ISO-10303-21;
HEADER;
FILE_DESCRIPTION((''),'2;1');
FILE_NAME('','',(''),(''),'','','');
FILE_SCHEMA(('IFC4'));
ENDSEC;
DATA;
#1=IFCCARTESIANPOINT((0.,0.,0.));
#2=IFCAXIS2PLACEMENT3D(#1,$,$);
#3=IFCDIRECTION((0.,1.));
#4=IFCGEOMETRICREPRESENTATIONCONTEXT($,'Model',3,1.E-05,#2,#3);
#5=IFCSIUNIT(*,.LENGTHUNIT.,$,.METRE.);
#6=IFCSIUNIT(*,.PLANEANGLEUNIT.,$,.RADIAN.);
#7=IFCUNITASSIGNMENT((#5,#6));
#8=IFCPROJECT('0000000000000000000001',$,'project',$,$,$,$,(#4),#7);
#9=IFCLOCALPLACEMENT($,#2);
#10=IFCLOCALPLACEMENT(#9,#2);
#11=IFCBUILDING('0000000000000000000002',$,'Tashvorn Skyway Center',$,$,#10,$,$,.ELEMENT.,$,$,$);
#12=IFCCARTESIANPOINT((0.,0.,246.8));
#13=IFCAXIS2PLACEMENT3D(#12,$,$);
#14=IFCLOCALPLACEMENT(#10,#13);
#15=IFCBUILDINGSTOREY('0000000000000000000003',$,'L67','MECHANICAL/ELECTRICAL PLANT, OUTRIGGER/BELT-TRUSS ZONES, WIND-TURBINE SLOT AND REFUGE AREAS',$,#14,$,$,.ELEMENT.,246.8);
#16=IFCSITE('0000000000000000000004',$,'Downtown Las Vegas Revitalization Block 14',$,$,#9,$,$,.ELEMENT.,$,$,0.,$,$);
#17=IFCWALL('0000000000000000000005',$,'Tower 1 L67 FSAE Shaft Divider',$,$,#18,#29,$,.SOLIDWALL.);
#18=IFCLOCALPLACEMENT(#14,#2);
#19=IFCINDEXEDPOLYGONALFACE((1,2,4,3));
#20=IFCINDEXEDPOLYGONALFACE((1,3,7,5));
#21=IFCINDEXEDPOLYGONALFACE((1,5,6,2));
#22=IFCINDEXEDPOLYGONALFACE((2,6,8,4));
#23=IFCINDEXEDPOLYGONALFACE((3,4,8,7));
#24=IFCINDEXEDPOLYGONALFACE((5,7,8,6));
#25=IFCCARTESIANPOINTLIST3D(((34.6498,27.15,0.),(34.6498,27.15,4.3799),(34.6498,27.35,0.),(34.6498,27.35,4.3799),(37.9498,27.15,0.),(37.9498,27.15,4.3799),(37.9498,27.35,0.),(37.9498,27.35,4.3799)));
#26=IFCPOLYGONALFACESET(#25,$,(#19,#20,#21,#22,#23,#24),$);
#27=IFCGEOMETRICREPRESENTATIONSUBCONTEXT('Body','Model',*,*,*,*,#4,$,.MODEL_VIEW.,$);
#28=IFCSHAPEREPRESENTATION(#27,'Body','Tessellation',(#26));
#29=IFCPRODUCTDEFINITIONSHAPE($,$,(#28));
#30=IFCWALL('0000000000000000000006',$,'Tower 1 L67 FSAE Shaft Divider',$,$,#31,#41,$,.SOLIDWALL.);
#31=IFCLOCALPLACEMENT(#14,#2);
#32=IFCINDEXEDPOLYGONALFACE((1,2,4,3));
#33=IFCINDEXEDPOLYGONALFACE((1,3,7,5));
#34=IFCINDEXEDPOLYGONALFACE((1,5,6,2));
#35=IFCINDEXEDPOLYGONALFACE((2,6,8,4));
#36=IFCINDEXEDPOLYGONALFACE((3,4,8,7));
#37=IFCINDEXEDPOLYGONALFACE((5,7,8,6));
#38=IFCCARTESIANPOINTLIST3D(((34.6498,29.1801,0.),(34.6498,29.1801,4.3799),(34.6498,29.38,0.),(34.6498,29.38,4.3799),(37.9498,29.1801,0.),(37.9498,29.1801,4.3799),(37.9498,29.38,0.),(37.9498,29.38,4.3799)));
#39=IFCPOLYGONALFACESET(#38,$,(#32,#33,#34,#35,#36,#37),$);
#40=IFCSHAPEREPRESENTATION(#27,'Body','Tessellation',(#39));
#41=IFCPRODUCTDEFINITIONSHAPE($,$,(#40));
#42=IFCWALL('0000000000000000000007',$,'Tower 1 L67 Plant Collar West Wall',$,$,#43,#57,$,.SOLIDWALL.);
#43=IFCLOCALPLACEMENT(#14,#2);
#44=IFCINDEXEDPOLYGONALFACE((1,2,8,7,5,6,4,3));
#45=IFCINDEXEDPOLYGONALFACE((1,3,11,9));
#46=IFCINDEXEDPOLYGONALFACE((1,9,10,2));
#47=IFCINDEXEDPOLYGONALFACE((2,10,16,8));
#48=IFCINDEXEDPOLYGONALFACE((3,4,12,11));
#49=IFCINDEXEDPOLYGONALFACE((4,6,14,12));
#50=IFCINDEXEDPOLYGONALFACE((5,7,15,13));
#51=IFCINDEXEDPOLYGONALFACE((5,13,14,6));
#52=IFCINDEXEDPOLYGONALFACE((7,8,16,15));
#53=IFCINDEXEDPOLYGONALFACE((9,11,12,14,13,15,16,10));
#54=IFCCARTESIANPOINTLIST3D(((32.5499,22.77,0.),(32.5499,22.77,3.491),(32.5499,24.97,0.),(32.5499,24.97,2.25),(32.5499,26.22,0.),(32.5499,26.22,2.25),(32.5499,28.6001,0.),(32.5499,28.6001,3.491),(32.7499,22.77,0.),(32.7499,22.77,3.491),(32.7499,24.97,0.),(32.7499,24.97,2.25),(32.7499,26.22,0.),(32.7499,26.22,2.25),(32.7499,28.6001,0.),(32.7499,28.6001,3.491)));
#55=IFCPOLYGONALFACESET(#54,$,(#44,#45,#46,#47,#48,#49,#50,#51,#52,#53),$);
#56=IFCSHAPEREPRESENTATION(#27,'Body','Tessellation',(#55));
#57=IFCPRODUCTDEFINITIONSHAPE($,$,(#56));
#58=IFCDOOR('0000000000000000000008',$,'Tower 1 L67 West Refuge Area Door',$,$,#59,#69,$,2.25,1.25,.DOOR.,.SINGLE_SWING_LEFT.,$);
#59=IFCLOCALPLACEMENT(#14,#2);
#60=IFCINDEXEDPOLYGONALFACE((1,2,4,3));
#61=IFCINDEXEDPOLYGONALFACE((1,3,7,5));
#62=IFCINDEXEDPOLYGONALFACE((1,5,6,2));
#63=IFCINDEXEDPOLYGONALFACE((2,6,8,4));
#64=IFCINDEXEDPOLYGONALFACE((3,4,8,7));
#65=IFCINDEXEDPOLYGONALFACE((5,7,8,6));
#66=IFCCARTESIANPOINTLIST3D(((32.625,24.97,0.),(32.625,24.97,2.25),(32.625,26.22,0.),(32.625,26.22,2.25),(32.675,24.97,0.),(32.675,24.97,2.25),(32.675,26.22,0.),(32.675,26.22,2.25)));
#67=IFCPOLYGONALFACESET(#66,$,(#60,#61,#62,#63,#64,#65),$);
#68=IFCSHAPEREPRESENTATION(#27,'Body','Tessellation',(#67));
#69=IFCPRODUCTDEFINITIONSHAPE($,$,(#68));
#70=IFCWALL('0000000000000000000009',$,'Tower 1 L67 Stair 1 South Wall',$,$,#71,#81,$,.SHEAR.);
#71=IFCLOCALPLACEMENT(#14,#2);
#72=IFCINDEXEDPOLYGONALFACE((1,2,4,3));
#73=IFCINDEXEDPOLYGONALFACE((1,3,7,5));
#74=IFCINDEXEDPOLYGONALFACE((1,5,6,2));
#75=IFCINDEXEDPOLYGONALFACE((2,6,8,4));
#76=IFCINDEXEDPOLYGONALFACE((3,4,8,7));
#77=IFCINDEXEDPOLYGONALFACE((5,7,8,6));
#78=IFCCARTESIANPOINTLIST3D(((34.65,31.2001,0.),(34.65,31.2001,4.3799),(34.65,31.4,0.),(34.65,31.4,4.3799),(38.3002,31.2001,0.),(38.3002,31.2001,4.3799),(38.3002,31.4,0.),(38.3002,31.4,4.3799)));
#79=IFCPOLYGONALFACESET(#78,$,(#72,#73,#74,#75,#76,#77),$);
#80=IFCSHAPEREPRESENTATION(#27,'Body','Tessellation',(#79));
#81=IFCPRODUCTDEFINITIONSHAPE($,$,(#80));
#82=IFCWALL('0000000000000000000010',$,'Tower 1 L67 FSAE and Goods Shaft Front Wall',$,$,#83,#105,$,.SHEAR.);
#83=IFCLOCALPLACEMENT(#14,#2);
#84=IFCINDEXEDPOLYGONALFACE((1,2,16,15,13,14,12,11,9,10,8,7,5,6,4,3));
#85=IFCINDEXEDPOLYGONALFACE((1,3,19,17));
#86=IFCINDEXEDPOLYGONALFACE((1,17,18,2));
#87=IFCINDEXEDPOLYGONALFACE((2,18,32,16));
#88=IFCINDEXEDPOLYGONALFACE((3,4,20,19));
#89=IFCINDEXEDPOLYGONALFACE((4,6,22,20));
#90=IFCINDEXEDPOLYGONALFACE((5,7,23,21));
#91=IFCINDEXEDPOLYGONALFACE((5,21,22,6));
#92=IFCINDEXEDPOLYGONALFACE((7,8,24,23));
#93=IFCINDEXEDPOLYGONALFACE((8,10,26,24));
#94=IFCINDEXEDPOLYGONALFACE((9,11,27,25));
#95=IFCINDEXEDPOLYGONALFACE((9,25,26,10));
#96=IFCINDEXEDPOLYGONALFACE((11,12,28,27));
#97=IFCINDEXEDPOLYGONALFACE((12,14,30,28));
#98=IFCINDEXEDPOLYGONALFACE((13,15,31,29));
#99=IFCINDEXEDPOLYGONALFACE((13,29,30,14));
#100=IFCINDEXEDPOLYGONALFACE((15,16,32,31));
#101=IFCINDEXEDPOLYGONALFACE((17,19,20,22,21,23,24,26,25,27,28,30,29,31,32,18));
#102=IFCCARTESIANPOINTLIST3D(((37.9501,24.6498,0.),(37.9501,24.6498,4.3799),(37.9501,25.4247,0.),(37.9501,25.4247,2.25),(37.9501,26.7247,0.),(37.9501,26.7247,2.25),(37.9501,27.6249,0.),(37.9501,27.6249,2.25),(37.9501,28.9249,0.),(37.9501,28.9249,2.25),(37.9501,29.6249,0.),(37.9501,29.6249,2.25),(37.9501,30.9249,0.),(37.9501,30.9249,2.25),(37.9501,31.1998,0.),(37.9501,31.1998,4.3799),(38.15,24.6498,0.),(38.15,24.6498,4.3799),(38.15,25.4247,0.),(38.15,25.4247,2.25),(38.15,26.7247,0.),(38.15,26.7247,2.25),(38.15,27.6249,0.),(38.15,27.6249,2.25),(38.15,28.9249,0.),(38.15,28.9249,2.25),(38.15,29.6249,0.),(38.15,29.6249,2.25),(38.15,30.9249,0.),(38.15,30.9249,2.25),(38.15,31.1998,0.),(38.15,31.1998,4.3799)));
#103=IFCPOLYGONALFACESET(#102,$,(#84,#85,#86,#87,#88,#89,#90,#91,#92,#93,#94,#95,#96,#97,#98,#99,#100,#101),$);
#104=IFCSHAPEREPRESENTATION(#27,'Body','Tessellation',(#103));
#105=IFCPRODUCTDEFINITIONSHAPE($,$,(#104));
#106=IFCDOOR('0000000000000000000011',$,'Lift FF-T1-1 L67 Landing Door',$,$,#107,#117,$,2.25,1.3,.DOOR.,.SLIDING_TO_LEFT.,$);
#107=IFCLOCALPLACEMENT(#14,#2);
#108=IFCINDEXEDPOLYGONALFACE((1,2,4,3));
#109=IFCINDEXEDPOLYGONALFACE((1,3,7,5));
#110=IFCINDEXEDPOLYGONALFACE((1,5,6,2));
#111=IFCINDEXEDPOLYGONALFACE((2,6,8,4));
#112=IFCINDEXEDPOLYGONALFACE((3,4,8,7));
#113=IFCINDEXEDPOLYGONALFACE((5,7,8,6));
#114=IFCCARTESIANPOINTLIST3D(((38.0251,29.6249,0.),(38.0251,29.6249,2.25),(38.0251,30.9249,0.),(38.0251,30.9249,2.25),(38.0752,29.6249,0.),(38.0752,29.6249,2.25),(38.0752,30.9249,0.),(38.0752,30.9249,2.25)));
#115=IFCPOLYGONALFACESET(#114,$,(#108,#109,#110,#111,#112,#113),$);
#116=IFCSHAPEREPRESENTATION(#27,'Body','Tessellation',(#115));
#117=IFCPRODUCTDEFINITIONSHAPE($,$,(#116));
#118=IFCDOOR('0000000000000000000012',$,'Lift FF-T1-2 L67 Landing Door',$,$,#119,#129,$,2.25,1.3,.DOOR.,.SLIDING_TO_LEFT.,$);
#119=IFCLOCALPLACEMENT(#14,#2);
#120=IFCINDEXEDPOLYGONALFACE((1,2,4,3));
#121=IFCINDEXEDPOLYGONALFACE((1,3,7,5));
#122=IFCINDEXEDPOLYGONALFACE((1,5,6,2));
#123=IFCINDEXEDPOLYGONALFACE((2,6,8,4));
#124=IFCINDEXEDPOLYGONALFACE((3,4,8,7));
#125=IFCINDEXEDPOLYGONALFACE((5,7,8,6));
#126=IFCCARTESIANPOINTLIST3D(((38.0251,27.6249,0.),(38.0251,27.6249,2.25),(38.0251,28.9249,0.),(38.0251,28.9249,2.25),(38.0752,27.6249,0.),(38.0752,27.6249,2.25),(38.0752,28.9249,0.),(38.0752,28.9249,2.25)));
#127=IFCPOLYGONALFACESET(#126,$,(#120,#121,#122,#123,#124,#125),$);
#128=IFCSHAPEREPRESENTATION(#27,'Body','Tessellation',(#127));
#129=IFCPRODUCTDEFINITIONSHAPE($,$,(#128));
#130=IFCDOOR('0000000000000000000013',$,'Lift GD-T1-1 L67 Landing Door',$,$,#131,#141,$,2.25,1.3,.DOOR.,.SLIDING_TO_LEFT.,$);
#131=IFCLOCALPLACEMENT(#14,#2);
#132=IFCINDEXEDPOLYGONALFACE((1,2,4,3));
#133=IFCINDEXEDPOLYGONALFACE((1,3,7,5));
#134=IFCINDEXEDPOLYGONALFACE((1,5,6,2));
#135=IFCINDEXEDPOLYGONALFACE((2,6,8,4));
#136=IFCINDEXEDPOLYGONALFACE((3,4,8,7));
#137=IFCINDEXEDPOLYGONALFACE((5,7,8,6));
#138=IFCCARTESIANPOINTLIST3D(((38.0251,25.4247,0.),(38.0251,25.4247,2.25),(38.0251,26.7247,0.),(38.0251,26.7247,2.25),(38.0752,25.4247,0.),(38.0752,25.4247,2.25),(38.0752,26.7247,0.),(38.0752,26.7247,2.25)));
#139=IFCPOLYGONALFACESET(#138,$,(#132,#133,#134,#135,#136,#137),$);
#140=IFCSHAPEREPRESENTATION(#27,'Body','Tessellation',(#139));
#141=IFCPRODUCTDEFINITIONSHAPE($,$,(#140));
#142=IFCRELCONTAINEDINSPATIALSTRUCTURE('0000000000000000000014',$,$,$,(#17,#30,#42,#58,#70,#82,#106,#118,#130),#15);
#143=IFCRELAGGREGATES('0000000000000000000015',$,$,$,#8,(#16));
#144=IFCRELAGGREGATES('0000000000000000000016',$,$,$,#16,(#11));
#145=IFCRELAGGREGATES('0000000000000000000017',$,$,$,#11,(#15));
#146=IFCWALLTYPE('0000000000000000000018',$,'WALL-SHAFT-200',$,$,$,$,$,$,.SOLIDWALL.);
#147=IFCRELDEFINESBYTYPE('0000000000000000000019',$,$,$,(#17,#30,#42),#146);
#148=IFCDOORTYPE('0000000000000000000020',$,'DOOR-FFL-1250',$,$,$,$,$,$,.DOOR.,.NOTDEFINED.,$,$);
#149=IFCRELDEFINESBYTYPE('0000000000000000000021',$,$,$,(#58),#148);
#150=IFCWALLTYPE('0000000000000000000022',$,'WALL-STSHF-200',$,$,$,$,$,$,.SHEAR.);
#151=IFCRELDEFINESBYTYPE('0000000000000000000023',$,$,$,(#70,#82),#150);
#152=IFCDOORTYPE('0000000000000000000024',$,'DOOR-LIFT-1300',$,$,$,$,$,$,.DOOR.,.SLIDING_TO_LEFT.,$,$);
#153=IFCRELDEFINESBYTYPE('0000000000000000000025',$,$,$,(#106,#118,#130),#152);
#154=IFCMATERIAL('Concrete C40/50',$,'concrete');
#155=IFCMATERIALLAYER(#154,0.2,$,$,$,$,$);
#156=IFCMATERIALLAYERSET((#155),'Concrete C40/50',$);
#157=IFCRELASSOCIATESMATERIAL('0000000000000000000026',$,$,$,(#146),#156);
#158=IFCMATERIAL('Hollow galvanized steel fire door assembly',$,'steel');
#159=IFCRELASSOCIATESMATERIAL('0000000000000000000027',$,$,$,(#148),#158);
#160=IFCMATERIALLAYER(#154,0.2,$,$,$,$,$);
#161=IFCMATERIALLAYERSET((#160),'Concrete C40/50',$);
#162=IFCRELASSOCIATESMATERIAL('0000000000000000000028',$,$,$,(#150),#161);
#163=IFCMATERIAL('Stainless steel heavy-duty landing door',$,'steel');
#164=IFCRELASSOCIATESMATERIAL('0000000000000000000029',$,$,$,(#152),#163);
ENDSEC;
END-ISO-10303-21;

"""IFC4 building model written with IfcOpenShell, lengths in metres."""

from ifc_helpers import new_model, si_unit, direction, frame, frame_2d, origin, place, context, subcontext, project, spatial, rectangle, extrude, material, layer, layer_set, type_object, element, fill, save


model = new_model("IFC4")

# Units and contexts
model_context = context("Model", 3, precision=1e-05, world=origin(), true_north=direction((0.0, 1.0)))
body_context = subcontext(model_context, "Body", "Model", "MODEL_VIEW")
ifc_project = project(units=[si_unit("LENGTHUNIT", "METRE"), si_unit("PLANEANGLEUNIT", "RADIAN")], contexts=[model_context])

# Site, building, storey
site_placement = place(None, origin())
site = spatial("IfcSite", under=ifc_project, at=site_placement, Name="Downtown Las Vegas Revitalization Block 14", CompositionType="ELEMENT", RefElevation=0.0)
building_placement = place(site_placement, origin())
building = spatial("IfcBuilding", under=site, at=building_placement, Name="Tashvorn Skyway Center", CompositionType="ELEMENT")
storey_placement = place(building_placement, frame((0.0, 0.0, 246.8)))
storey = spatial("IfcBuildingStorey", under=building, at=storey_placement, Name="L67", Description="MECHANICAL/ELECTRICAL PLANT, OUTRIGGER/BELT-TRUSS ZONES, WIND-TURBINE SLOT AND REFUGE AREAS", CompositionType="ELEMENT", Elevation=246.8)

# Walls
ifc_material_1 = material(Name="Concrete C40/50", Category="concrete")
ifc_layer_1 = layer(ifc_material_1, 0.2)
ifc_layer_set_1 = layer_set([ifc_layer_1], Name="Concrete C40/50")
wall_type_1 = type_object("IfcWallType", Name="WALL-SHAFT-200", PredefinedType="SOLIDWALL", material=ifc_layer_set_1)
for number, where, z_axis, x_axis, name in (
    (1, (34.6499, 27.25, 0.0), (0.0, 0.0, 1.0), (1.0, 0.0, 0.0), "Tower 1 L67 FSAE Shaft Divider"),
    (2, (34.6499, 29.28, 0.0), (0.0, 0.0, 1.0), (1.0, 0.0, 0.0), "Tower 1 L67 FSAE Shaft Divider"),
):
    element("IfcWall", number, at=place(storey_placement, frame(where, z_axis=z_axis, x_axis=x_axis)), inside=storey, type_object=wall_type_1, Name=name, PredefinedType="SOLIDWALL", context=body_context, shape_type="SweptSolid", body=[
        extrude(rectangle(XDim=3.3, YDim=0.2, at=frame_2d((1.6499, 0.0))), origin(), (0.0, 0.0, 1.0), 4.3799),
    ])

# Wall, opening, door
wall_1_placement = place(storey_placement, frame((32.6499, 22.77, 0.0), z_axis=(0.0, 0.0, 1.0), x_axis=(0.0, 1.0, 0.0)))
wall_1 = element("IfcWall", 3, at=wall_1_placement, inside=storey, type_object=wall_type_1, Name="Tower 1 L67 Plant Collar West Wall", PredefinedType="SOLIDWALL", context=body_context, shape_type="SweptSolid", body=[
    extrude(rectangle(XDim=5.8301, YDim=0.2, at=frame_2d((2.915, 0.0))), origin(), (0.0, 0.0, 1.0), 3.491),
])
opening_1_placement = place(wall_1_placement, frame((2.2, 0.0, 0.0)))
opening_1 = element("IfcOpeningElement", 4, at=opening_1_placement, cuts=wall_1, PredefinedType="OPENING", context=body_context, shape_type="SweptSolid", body=[
    extrude(rectangle(XDim=1.25, YDim=2.25, at=frame_2d((0.625, 1.125))), frame((0.0, 0.1099, 0.0), z_axis=(0.0, -1.0, 0.0), x_axis=(1.0, 0.0, 0.0)), (0.0, 0.0, 1.0), 0.22),
])
ifc_material_2 = material(Name="Hollow galvanized steel fire door assembly", Category="steel")
door_type_1 = type_object("IfcDoorType", Name="DOOR-FFL-1250", OperationType="NOTDEFINED", PredefinedType="DOOR", material=ifc_material_2)
door_1_placement = place(opening_1_placement, origin())
door_1 = element("IfcDoor", 5, at=door_1_placement, inside=storey, type_object=door_type_1, Name="Tower 1 L67 West Refuge Area Door", OperationType="SINGLE_SWING_LEFT", OverallHeight=2.25, OverallWidth=1.25, PredefinedType="DOOR", context=body_context, shape_type="SweptSolid", body=[
    extrude(rectangle(XDim=1.25, YDim=2.25, at=frame_2d((0.625, 1.125))), frame((0.0, 0.0249, 0.0), z_axis=(0.0, -1.0, 0.0), x_axis=(1.0, 0.0, 0.0)), (0.0, 0.0, 1.0), 0.05),
])
fill(opening_1, door_1)

# Wall
ifc_layer_2 = layer(ifc_material_1, 0.2)
ifc_layer_set_2 = layer_set([ifc_layer_2], Name="Concrete C40/50")
wall_type_2 = type_object("IfcWallType", Name="WALL-STSHF-200", PredefinedType="SHEAR", material=ifc_layer_set_2)
wall_2_placement = place(storey_placement, frame((34.6499, 31.3, 0.0), z_axis=(0.0, 0.0, 1.0), x_axis=(1.0, 0.0, 0.0)))
element("IfcWall", 6, at=wall_2_placement, inside=storey, type_object=wall_type_2, Name="Tower 1 L67 Stair 1 South Wall", PredefinedType="SHEAR", context=body_context, shape_type="SweptSolid", body=[
    extrude(rectangle(XDim=3.6501, YDim=0.2, at=frame_2d((1.8252, 0.0))), origin(), (0.0, 0.0, 1.0), 4.3799),
])

# Wall, openings, doors
wall_3_placement = place(storey_placement, frame((38.05, 24.6499, 0.0), z_axis=(0.0, 0.0, 1.0), x_axis=(0.0, 1.0, 0.0)))
wall_3 = element("IfcWall", 7, at=wall_3_placement, inside=storey, type_object=wall_type_2, Name="Tower 1 L67 FSAE and Goods Shaft Front Wall", PredefinedType="SHEAR", context=body_context, shape_type="SweptSolid", body=[
    extrude(rectangle(XDim=6.55, YDim=0.2, at=frame_2d((3.2749, 0.0))), origin(), (0.0, 0.0, 1.0), 4.3799),
])
opening_2_placement = place(wall_3_placement, frame((4.9751, 0.0, 0.0)))
opening_2 = element("IfcOpeningElement", 8, at=opening_2_placement, cuts=wall_3, PredefinedType="OPENING", context=body_context, shape_type="SweptSolid", body=[
    extrude(rectangle(XDim=1.3, YDim=2.25, at=frame_2d((0.6499, 1.125))), frame((0.0, 0.1099, 0.0), z_axis=(0.0, -1.0, 0.0), x_axis=(1.0, 0.0, 0.0)), (0.0, 0.0, 1.0), 0.22),
])
opening_3_placement = place(wall_3_placement, frame((2.9751, 0.0, 0.0)))
opening_3 = element("IfcOpeningElement", 9, at=opening_3_placement, cuts=wall_3, PredefinedType="OPENING", context=body_context, shape_type="SweptSolid", body=[
    extrude(rectangle(XDim=1.3, YDim=2.25, at=frame_2d((0.6499, 1.125))), frame((0.0, 0.1099, 0.0), z_axis=(0.0, -1.0, 0.0), x_axis=(1.0, 0.0, 0.0)), (0.0, 0.0, 1.0), 0.22),
])
opening_4_placement = place(wall_3_placement, frame((0.7749, 0.0, 0.0)))
opening_4 = element("IfcOpeningElement", 10, at=opening_4_placement, cuts=wall_3, PredefinedType="OPENING", context=body_context, shape_type="SweptSolid", body=[
    extrude(rectangle(XDim=1.3, YDim=2.25, at=frame_2d((0.6499, 1.125))), frame((0.0, 0.1099, 0.0), z_axis=(0.0, -1.0, 0.0), x_axis=(1.0, 0.0, 0.0)), (0.0, 0.0, 1.0), 0.22),
])
ifc_material_3 = material(Name="Stainless steel heavy-duty landing door", Category="steel")
door_type_2 = type_object("IfcDoorType", Name="DOOR-LIFT-1300", OperationType="SLIDING_TO_LEFT", PredefinedType="DOOR", material=ifc_material_3)
door_2_placement = place(opening_2_placement, origin())
door_2 = element("IfcDoor", 11, at=door_2_placement, inside=storey, type_object=door_type_2, Name="Lift FF-T1-1 L67 Landing Door", OperationType="SLIDING_TO_LEFT", OverallHeight=2.25, OverallWidth=1.3, PredefinedType="DOOR", context=body_context, shape_type="SweptSolid", body=[
    extrude(rectangle(XDim=1.3, YDim=2.25, at=frame_2d((0.6499, 1.125))), frame((0.0, 0.0249, 0.0), z_axis=(0.0, -1.0, 0.0), x_axis=(1.0, 0.0, 0.0)), (0.0, 0.0, 1.0), 0.05),
])
fill(opening_2, door_2)
door_3_placement = place(opening_3_placement, origin())
door_3 = element("IfcDoor", 12, at=door_3_placement, inside=storey, type_object=door_type_2, Name="Lift FF-T1-2 L67 Landing Door", OperationType="SLIDING_TO_LEFT", OverallHeight=2.25, OverallWidth=1.3, PredefinedType="DOOR", context=body_context, shape_type="SweptSolid", body=[
    extrude(rectangle(XDim=1.3, YDim=2.25, at=frame_2d((0.6499, 1.125))), frame((0.0, 0.0249, 0.0), z_axis=(0.0, -1.0, 0.0), x_axis=(1.0, 0.0, 0.0)), (0.0, 0.0, 1.0), 0.05),
])
fill(opening_3, door_3)
door_4_placement = place(opening_4_placement, origin())
door_4 = element("IfcDoor", 13, at=door_4_placement, inside=storey, type_object=door_type_2, Name="Lift GD-T1-1 L67 Landing Door", OperationType="SLIDING_TO_LEFT", OverallHeight=2.25, OverallWidth=1.3, PredefinedType="DOOR", context=body_context, shape_type="SweptSolid", body=[
    extrude(rectangle(XDim=1.3, YDim=2.25, at=frame_2d((0.6499, 1.125))), frame((0.0, 0.0249, 0.0), z_axis=(0.0, -1.0, 0.0), x_axis=(1.0, 0.0, 0.0)), (0.0, 0.0, 1.0), 0.05),
])
fill(opening_4, door_4)

save(model, "model.ifc")
